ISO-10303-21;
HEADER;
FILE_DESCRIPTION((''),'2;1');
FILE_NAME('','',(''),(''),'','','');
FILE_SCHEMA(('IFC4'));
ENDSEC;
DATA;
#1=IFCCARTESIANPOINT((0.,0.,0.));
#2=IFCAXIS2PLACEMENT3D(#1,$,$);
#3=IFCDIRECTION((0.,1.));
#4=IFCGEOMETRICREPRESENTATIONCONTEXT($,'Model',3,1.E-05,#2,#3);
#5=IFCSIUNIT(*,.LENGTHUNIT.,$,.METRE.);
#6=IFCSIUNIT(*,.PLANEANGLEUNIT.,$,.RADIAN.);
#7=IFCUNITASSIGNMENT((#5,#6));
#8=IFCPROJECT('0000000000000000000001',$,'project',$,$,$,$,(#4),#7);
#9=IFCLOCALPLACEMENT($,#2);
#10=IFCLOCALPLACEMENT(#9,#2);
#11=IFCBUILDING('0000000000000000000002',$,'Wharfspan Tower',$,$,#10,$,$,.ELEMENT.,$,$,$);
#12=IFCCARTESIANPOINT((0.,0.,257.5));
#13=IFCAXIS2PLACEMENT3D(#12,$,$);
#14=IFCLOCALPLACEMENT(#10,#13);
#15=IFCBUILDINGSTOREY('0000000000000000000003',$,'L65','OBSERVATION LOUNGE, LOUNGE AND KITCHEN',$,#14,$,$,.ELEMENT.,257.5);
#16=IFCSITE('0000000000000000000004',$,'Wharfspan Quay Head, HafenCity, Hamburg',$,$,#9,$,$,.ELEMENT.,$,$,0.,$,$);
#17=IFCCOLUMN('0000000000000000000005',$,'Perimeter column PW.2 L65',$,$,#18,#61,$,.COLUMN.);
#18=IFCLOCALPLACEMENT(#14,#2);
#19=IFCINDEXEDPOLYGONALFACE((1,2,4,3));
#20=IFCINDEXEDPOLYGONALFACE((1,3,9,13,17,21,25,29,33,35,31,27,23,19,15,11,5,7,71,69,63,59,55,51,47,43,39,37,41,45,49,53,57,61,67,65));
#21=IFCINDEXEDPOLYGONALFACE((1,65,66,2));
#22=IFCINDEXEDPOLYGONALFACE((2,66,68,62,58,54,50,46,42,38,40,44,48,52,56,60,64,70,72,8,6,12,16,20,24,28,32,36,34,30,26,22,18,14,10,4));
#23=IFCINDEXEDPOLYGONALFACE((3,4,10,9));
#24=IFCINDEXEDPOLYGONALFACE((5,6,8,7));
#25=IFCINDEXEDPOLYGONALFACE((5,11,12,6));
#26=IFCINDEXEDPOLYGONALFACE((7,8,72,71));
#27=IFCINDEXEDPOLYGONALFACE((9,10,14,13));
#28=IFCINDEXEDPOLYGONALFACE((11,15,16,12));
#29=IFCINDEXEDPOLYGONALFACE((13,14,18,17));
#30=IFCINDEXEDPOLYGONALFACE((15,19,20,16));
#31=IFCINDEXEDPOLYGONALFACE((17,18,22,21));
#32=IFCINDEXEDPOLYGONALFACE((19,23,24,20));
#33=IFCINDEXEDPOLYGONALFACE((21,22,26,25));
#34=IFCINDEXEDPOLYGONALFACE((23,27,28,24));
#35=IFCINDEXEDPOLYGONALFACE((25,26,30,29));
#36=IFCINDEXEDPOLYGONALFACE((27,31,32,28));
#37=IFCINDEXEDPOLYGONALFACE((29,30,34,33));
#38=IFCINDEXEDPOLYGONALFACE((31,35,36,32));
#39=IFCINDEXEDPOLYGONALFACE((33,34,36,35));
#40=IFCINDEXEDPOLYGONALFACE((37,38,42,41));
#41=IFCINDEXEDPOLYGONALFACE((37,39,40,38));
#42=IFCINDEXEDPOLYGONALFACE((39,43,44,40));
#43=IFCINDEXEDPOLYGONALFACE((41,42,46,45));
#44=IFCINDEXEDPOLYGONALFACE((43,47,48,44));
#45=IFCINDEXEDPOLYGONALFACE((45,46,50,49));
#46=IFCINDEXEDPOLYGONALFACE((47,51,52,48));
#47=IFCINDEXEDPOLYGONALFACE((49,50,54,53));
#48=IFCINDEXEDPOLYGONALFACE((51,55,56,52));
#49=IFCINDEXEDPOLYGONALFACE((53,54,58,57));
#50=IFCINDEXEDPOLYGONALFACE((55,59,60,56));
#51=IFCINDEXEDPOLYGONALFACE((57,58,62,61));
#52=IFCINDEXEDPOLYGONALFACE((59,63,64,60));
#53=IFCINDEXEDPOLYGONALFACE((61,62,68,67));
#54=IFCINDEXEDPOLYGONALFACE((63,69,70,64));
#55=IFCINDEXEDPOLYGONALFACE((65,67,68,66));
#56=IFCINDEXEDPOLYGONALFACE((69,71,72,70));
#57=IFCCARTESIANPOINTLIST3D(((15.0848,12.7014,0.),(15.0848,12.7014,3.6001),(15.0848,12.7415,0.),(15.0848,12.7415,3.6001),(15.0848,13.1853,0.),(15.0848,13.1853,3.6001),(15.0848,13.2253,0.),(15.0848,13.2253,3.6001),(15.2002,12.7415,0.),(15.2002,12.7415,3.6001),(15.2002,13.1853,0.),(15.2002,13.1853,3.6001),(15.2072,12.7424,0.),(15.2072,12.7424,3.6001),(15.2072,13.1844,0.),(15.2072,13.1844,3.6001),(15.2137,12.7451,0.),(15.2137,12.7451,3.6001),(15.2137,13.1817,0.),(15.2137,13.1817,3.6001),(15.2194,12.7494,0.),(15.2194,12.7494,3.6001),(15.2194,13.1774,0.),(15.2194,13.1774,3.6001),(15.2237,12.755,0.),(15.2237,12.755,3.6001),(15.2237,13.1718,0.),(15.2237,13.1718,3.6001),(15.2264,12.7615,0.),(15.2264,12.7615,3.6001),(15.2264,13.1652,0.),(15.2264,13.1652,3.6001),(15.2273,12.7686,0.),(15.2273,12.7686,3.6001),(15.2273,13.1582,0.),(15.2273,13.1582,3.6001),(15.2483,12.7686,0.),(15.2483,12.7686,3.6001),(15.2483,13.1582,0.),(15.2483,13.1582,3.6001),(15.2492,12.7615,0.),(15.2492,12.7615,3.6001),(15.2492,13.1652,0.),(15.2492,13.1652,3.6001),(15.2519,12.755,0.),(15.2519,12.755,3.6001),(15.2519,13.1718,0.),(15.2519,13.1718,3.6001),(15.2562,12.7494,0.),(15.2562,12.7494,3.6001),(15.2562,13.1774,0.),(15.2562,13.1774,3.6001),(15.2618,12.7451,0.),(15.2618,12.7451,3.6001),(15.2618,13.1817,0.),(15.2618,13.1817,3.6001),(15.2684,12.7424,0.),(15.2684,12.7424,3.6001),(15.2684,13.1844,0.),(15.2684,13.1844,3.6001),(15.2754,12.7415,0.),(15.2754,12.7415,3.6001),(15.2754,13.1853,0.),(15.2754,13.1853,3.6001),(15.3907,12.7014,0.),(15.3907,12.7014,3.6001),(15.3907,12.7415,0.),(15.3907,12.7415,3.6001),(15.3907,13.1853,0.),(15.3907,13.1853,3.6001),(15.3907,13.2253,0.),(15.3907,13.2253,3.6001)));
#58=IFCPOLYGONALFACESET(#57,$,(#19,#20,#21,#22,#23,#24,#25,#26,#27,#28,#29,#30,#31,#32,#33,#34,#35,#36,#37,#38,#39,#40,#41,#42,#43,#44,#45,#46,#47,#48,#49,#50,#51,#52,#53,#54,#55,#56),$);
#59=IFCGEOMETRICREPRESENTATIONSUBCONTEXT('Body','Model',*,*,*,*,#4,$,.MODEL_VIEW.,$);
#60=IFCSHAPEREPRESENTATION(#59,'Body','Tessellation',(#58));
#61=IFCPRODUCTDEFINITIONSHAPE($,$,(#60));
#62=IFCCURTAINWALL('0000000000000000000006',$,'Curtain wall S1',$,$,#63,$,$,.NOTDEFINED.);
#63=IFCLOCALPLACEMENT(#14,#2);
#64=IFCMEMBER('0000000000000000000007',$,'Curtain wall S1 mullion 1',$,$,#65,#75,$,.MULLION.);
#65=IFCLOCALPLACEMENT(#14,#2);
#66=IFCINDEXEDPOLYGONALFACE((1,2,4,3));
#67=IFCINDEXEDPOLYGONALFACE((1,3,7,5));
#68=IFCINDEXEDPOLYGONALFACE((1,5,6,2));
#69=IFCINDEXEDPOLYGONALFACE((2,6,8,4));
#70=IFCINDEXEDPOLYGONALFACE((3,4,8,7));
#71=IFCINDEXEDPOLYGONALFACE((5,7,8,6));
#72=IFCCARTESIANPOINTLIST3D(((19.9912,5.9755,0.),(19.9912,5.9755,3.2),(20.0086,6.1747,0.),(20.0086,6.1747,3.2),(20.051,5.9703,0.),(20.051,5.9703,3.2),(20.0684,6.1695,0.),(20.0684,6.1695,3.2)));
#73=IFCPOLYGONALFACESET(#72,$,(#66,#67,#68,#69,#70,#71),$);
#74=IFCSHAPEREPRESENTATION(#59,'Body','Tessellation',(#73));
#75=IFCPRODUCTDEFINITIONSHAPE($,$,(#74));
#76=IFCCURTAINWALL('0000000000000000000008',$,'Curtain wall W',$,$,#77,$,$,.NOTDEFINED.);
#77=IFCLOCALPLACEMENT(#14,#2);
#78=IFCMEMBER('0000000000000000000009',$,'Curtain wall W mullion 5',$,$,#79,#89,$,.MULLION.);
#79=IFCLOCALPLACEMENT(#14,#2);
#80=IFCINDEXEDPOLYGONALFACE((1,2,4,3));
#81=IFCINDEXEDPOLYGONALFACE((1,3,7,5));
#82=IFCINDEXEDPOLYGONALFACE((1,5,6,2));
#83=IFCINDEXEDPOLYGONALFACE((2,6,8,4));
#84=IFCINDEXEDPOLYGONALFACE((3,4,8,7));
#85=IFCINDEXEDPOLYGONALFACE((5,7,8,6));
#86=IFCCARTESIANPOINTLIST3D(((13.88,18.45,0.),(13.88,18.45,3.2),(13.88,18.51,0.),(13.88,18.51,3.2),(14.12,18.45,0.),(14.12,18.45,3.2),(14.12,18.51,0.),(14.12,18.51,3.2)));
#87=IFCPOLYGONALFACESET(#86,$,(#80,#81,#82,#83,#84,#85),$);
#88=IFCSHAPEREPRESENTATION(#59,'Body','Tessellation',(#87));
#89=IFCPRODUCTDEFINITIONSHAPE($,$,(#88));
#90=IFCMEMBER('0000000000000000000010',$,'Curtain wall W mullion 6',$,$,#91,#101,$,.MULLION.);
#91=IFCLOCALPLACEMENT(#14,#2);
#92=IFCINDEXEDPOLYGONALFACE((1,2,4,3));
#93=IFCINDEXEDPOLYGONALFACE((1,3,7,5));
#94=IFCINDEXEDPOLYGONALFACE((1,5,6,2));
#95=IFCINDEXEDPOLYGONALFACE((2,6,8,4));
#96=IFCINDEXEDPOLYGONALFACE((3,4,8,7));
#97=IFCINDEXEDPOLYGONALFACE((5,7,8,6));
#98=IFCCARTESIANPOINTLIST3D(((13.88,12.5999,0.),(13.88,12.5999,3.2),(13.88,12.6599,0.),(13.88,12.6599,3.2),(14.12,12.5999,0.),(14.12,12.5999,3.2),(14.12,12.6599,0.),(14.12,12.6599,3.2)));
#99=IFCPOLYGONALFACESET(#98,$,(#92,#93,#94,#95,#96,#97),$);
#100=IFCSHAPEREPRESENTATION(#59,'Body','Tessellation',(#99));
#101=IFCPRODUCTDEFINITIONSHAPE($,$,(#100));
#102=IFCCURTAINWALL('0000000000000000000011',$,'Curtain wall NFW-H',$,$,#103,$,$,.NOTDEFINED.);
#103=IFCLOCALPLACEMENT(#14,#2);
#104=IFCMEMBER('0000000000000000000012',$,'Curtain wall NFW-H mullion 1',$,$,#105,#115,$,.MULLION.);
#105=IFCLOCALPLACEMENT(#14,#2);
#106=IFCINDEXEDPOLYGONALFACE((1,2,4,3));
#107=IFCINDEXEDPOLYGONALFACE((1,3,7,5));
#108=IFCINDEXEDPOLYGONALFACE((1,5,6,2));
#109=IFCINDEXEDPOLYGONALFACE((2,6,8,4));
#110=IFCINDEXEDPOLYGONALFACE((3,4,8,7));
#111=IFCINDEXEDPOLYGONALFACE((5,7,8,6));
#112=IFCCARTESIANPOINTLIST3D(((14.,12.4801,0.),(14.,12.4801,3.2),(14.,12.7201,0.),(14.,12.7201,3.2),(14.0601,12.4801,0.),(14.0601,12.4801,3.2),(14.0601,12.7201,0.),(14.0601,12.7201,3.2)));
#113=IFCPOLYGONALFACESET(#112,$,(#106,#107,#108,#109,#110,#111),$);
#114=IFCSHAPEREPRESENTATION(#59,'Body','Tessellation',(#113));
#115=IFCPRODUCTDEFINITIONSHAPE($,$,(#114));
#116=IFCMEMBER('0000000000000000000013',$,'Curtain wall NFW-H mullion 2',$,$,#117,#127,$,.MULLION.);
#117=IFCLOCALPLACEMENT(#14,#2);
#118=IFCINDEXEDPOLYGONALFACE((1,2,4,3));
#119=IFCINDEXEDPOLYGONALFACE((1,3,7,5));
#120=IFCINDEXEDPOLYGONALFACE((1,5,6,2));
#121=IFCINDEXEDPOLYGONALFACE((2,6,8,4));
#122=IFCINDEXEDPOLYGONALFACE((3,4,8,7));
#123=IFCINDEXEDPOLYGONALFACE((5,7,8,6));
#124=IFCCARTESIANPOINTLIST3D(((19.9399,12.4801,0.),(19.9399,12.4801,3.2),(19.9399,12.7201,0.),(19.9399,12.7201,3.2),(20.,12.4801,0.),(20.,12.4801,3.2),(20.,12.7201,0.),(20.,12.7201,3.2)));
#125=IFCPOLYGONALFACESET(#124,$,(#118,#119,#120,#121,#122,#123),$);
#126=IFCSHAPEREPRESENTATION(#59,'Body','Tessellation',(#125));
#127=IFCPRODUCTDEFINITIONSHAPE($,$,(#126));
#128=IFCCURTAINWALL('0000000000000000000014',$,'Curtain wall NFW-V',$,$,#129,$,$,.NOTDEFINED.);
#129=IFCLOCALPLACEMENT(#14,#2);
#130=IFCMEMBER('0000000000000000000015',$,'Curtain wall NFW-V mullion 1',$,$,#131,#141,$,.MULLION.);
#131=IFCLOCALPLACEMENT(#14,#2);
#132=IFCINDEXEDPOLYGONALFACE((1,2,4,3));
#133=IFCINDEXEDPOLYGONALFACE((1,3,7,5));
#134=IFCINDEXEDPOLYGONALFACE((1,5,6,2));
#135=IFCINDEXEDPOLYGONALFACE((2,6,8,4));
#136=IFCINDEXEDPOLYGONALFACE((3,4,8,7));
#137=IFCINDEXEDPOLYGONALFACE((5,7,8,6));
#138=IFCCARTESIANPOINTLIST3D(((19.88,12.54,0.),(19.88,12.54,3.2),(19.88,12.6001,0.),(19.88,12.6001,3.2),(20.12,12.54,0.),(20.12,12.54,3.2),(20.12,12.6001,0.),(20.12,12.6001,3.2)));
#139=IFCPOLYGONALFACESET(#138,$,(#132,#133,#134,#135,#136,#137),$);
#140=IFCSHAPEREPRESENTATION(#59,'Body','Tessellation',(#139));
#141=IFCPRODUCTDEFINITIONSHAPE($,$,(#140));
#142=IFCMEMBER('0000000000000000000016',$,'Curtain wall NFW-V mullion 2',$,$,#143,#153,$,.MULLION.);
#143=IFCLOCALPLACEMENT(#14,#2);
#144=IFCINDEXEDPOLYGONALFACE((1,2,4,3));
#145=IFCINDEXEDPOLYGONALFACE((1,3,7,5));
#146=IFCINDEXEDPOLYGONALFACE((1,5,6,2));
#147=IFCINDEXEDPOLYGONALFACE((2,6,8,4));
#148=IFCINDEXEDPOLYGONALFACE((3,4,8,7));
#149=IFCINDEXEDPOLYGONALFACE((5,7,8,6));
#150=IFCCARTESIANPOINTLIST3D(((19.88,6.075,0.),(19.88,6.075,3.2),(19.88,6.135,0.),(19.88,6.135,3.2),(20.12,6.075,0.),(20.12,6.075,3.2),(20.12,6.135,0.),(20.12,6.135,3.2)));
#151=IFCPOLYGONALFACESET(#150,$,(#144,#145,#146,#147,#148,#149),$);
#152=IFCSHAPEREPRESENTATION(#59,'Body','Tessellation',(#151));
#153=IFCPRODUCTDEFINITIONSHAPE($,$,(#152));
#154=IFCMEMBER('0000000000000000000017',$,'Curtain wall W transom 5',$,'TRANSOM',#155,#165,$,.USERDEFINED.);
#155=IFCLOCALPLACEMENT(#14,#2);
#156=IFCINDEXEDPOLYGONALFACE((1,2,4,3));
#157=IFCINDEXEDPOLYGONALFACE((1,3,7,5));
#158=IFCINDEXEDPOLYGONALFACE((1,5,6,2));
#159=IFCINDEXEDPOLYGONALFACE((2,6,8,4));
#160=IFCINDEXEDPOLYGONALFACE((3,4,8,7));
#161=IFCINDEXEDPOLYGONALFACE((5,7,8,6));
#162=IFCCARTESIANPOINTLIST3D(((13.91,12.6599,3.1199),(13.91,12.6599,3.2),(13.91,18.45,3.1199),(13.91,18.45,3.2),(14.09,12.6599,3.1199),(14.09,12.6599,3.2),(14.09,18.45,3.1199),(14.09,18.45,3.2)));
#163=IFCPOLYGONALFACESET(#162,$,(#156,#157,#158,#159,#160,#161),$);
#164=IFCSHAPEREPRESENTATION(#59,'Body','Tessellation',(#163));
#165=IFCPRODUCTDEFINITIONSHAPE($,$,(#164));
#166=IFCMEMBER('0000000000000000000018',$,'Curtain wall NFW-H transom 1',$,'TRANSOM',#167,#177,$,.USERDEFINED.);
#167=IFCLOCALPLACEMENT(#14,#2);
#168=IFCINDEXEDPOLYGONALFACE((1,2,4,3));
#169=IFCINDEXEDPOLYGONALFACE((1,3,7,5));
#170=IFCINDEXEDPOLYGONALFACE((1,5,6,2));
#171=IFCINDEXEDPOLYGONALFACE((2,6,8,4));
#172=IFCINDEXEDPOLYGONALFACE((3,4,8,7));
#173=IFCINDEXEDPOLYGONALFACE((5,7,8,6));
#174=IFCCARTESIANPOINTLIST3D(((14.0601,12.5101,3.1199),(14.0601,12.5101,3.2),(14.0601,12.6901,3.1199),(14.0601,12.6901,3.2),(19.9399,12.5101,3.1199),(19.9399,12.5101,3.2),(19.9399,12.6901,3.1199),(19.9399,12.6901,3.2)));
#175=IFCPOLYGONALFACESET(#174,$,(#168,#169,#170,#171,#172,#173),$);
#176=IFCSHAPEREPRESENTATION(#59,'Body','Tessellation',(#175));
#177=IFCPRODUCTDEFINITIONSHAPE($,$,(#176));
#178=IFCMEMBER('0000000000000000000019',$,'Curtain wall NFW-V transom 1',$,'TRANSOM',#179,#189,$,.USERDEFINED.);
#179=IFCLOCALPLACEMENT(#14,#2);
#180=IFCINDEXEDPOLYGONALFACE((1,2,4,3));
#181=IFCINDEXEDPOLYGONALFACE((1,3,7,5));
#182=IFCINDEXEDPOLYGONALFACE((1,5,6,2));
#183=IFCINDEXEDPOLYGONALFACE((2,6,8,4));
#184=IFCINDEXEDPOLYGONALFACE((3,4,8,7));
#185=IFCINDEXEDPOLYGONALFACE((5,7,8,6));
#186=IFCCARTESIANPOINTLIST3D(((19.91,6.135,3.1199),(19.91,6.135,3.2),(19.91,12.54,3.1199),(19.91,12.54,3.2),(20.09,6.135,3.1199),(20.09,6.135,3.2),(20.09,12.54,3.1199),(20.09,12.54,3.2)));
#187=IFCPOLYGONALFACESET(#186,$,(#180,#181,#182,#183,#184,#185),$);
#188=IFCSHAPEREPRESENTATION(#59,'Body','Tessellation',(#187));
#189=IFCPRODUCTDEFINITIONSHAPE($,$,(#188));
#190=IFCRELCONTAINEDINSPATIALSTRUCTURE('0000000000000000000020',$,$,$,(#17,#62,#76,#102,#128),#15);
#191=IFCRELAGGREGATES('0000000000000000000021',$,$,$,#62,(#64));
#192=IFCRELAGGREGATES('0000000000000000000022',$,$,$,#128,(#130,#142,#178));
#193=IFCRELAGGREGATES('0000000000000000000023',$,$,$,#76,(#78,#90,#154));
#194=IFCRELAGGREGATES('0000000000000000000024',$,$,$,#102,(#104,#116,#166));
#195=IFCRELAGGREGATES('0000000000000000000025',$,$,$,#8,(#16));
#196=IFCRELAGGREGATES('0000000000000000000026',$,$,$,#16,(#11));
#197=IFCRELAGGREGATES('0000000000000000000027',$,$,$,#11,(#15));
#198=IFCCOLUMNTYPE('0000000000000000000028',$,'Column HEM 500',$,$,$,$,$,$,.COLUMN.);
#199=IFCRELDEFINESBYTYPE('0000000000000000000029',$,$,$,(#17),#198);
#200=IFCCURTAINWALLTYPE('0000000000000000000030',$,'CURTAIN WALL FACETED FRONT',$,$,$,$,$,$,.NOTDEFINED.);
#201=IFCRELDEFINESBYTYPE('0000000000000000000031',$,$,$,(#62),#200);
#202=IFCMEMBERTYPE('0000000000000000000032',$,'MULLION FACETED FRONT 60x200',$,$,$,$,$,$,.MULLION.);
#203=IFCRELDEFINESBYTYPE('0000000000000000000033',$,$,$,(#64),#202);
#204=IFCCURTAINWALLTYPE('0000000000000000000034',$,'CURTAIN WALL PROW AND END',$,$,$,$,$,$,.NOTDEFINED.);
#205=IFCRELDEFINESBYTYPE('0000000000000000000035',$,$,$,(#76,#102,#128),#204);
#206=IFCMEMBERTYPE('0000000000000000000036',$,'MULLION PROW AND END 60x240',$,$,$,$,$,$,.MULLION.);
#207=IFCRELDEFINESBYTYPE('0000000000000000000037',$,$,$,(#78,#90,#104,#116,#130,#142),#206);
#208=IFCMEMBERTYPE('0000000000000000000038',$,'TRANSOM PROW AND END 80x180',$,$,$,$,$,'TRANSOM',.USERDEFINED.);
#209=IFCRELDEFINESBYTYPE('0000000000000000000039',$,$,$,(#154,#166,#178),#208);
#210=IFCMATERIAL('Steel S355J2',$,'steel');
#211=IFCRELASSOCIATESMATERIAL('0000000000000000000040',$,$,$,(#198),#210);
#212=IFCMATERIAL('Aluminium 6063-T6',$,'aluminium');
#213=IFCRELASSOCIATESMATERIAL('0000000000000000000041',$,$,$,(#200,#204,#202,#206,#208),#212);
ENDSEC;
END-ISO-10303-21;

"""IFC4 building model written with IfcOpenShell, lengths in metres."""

from ifc_helpers import new_model, si_unit, direction, frame, origin, origin_2d, place, context, subcontext, project, spatial, rectangle, i_section, extrude, material, material_profile, profile_set, type_object, element, aggregate, save


model = new_model("IFC4")

# Units and contexts
model_context = context("Model", 3, precision=1e-05, world=origin(), true_north=direction((0.0, 1.0)))
body_context = subcontext(model_context, "Body", "Model", "MODEL_VIEW")
ifc_project = project(units=[si_unit("LENGTHUNIT", "METRE"), si_unit("PLANEANGLEUNIT", "RADIAN")], contexts=[model_context])

# Site, building, storey
site_placement = place(None, origin())
site = spatial("IfcSite", under=ifc_project, at=site_placement, Name="Wharfspan Quay Head, HafenCity, Hamburg", CompositionType="ELEMENT", RefElevation=0.0)
building_placement = place(site_placement, origin())
building = spatial("IfcBuilding", under=site, at=building_placement, Name="Wharfspan Tower", CompositionType="ELEMENT")
storey_placement = place(building_placement, frame((0.0, 0.0, 257.5)))
storey = spatial("IfcBuildingStorey", under=building, at=storey_placement, Name="L65", Description="OBSERVATION LOUNGE, LOUNGE AND KITCHEN", CompositionType="ELEMENT", Elevation=257.5)

# Column
ifc_material_1 = material(Name="Steel S355J2", Category="steel")
ifc_material_profile_1 = material_profile(ifc_material_1, i_section(OverallWidth=0.3059, OverallDepth=0.5239, WebThickness=0.021, FlangeThickness=0.04, FilletRadius=0.0271, at=origin_2d()))
ifc_profile_set_1 = profile_set([ifc_material_profile_1], Name="Steel S355J2")
column_type = type_object("IfcColumnType", Name="Column HEM 500", PredefinedType="COLUMN", material=ifc_profile_set_1)
column_placement = place(storey_placement, frame((15.2378, 12.9634, 0.0), z_axis=(0.0, 0.0, 1.0), x_axis=(-1.0, 0.0, 0.0)))
element("IfcColumn", 1, at=column_placement, inside=storey, type_object=column_type, Name="Perimeter column PW.2 L65", PredefinedType="COLUMN", context=body_context, shape_type="SweptSolid", body=[
    extrude(i_section(OverallWidth=0.3059, OverallDepth=0.5239, WebThickness=0.021, FlangeThickness=0.04, FilletRadius=0.0271, at=origin_2d()), origin(), (0.0, 0.0, 1.0), 3.6001),
])

# Curtain wall, member
ifc_material_2 = material(Name="Aluminium 6063-T6", Category="aluminium")
curtain_wall_type_1 = type_object("IfcCurtainWallType", Name="CURTAIN WALL FACETED FRONT", PredefinedType="NOTDEFINED", material=ifc_material_2)
curtain_wall_1_placement = place(storey_placement, origin())
curtain_wall_1 = element("IfcCurtainWall", 2, at=curtain_wall_1_placement, inside=storey, type_object=curtain_wall_type_1, Name="Curtain wall S1", PredefinedType="NOTDEFINED")
ifc_material_profile_2 = material_profile(ifc_material_2, rectangle(XDim=0.2, YDim=0.0601, at=origin_2d()))
ifc_profile_set_2 = profile_set([ifc_material_profile_2], Name="Aluminium 6063-T6")
member_type_1 = type_object("IfcMemberType", Name="MULLION FACETED FRONT 60x200", PredefinedType="MULLION", material=ifc_profile_set_2)
member_1_placement = place(storey_placement, frame((20.0298, 6.0725, 0.0), z_axis=(0.0, 0.0, 1.0), x_axis=(0.087156, 0.996197, 0.0)))
member_1 = element("IfcMember", 3, at=member_1_placement, type_object=member_type_1, Name="Curtain wall S1 mullion 1", PredefinedType="MULLION", context=body_context, shape_type="SweptSolid", body=[
    extrude(rectangle(XDim=0.2, YDim=0.0601, at=origin_2d()), origin(), (0.0, 0.0, 1.0), 3.2),
])
aggregate(curtain_wall_1, [member_1])

# Curtain walls, members
curtain_wall_type_2 = type_object("IfcCurtainWallType", Name="CURTAIN WALL PROW AND END", PredefinedType="NOTDEFINED", material=ifc_material_2)
curtain_wall_2_placement = place(storey_placement, origin())
curtain_wall_2 = element("IfcCurtainWall", 4, at=curtain_wall_2_placement, inside=storey, type_object=curtain_wall_type_2, Name="Curtain wall W", PredefinedType="NOTDEFINED")
ifc_material_profile_3 = material_profile(ifc_material_2, rectangle(XDim=0.24, YDim=0.0601, at=origin_2d()))
ifc_profile_set_3 = profile_set([ifc_material_profile_3], Name="Aluminium 6063-T6")
member_type_2 = type_object("IfcMemberType", Name="MULLION PROW AND END 60x240", PredefinedType="MULLION", material=ifc_profile_set_3)
member_2_placement = place(storey_placement, frame((14.0, 18.48, 0.0), z_axis=(0.0, 0.0, 1.0), x_axis=(1.0, 0.0, 0.0)))
member_2 = element("IfcMember", 5, at=member_2_placement, type_object=member_type_2, Name="Curtain wall W mullion 5", PredefinedType="MULLION", context=body_context, shape_type="SweptSolid", body=[
    extrude(rectangle(XDim=0.24, YDim=0.0601, at=origin_2d()), origin(), (0.0, 0.0, 1.0), 3.2),
])
member_3_placement = place(storey_placement, frame((14.0, 12.6299, 0.0), z_axis=(0.0, 0.0, 1.0), x_axis=(1.0, 0.0, 0.0)))
member_3 = element("IfcMember", 6, at=member_3_placement, type_object=member_type_2, Name="Curtain wall W mullion 6", PredefinedType="MULLION", context=body_context, shape_type="SweptSolid", body=[
    extrude(rectangle(XDim=0.24, YDim=0.0601, at=origin_2d()), origin(), (0.0, 0.0, 1.0), 3.2),
])
curtain_wall_3_placement = place(storey_placement, origin())
curtain_wall_3 = element("IfcCurtainWall", 7, at=curtain_wall_3_placement, inside=storey, type_object=curtain_wall_type_2, Name="Curtain wall NFW-H", PredefinedType="NOTDEFINED")
member_4_placement = place(storey_placement, frame((14.03, 12.6001, 0.0), z_axis=(0.0, 0.0, 1.0), x_axis=(0.0, 1.0, 0.0)))
member_4 = element("IfcMember", 8, at=member_4_placement, type_object=member_type_2, Name="Curtain wall NFW-H mullion 1", PredefinedType="MULLION", context=body_context, shape_type="SweptSolid", body=[
    extrude(rectangle(XDim=0.24, YDim=0.0601, at=origin_2d()), origin(), (0.0, 0.0, 1.0), 3.2),
])
member_5_placement = place(storey_placement, frame((19.97, 12.6001, 0.0), z_axis=(0.0, 0.0, 1.0), x_axis=(0.0, 1.0, 0.0)))
member_5 = element("IfcMember", 9, at=member_5_placement, type_object=member_type_2, Name="Curtain wall NFW-H mullion 2", PredefinedType="MULLION", context=body_context, shape_type="SweptSolid", body=[
    extrude(rectangle(XDim=0.24, YDim=0.0601, at=origin_2d()), origin(), (0.0, 0.0, 1.0), 3.2),
])
curtain_wall_4_placement = place(storey_placement, origin())
curtain_wall_4 = element("IfcCurtainWall", 10, at=curtain_wall_4_placement, inside=storey, type_object=curtain_wall_type_2, Name="Curtain wall NFW-V", PredefinedType="NOTDEFINED")
member_6_placement = place(storey_placement, frame((20.0, 12.5701, 0.0), z_axis=(0.0, 0.0, 1.0), x_axis=(1.0, 0.0, 0.0)))
member_6 = element("IfcMember", 11, at=member_6_placement, type_object=member_type_2, Name="Curtain wall NFW-V mullion 1", PredefinedType="MULLION", context=body_context, shape_type="SweptSolid", body=[
    extrude(rectangle(XDim=0.24, YDim=0.0601, at=origin_2d()), origin(), (0.0, 0.0, 1.0), 3.2),
])
member_7_placement = place(storey_placement, frame((20.0, 6.105, 0.0), z_axis=(0.0, 0.0, 1.0), x_axis=(1.0, 0.0, 0.0)))
member_7 = element("IfcMember", 12, at=member_7_placement, type_object=member_type_2, Name="Curtain wall NFW-V mullion 2", PredefinedType="MULLION", context=body_context, shape_type="SweptSolid", body=[
    extrude(rectangle(XDim=0.24, YDim=0.0601, at=origin_2d()), origin(), (0.0, 0.0, 1.0), 3.2),
])

# Members
ifc_material_profile_4 = material_profile(ifc_material_2, rectangle(XDim=0.1799, YDim=0.0801, at=origin_2d()))
ifc_profile_set_4 = profile_set([ifc_material_profile_4], Name="Aluminium 6063-T6")
member_type_3 = type_object("IfcMemberType", Name="TRANSOM PROW AND END 80x180", ElementType="TRANSOM", PredefinedType="USERDEFINED", material=ifc_profile_set_4)
member_8_placement = place(storey_placement, frame((14.0, 18.45, 3.1599), z_axis=(0.0, -1.0, 0.0), x_axis=(1.0, 0.0, 0.0)))
member_8 = element("IfcMember", 13, at=member_8_placement, type_object=member_type_3, Name="Curtain wall W transom 5", ObjectType="TRANSOM", PredefinedType="USERDEFINED", context=body_context, shape_type="SweptSolid", body=[
    extrude(rectangle(XDim=0.1799, YDim=0.0801, at=origin_2d()), origin(), (0.0, 0.0, 1.0), 5.79),
])
member_9_placement = place(storey_placement, frame((14.0601, 12.6001, 3.1599), z_axis=(1.0, 0.0, 0.0), x_axis=(0.0, 1.0, 0.0)))
member_9 = element("IfcMember", 14, at=member_9_placement, type_object=member_type_3, Name="Curtain wall NFW-H transom 1", ObjectType="TRANSOM", PredefinedType="USERDEFINED", context=body_context, shape_type="SweptSolid", body=[
    extrude(rectangle(XDim=0.1799, YDim=0.0801, at=origin_2d()), origin(), (0.0, 0.0, 1.0), 5.8799),
])
member_10_placement = place(storey_placement, frame((20.0, 12.54, 3.1599), z_axis=(0.0, -1.0, 0.0), x_axis=(1.0, 0.0, 0.0)))
member_10 = element("IfcMember", 15, at=member_10_placement, type_object=member_type_3, Name="Curtain wall NFW-V transom 1", ObjectType="TRANSOM", PredefinedType="USERDEFINED", context=body_context, shape_type="SweptSolid", body=[
    extrude(rectangle(XDim=0.1799, YDim=0.0801, at=origin_2d()), origin(), (0.0, 0.0, 1.0), 6.405),
])
aggregate(curtain_wall_4, [member_6, member_7, member_10])

aggregate(curtain_wall_2, [member_2, member_3, member_8])
aggregate(curtain_wall_3, [member_4, member_5, member_9])

save(model, "model.ifc")
